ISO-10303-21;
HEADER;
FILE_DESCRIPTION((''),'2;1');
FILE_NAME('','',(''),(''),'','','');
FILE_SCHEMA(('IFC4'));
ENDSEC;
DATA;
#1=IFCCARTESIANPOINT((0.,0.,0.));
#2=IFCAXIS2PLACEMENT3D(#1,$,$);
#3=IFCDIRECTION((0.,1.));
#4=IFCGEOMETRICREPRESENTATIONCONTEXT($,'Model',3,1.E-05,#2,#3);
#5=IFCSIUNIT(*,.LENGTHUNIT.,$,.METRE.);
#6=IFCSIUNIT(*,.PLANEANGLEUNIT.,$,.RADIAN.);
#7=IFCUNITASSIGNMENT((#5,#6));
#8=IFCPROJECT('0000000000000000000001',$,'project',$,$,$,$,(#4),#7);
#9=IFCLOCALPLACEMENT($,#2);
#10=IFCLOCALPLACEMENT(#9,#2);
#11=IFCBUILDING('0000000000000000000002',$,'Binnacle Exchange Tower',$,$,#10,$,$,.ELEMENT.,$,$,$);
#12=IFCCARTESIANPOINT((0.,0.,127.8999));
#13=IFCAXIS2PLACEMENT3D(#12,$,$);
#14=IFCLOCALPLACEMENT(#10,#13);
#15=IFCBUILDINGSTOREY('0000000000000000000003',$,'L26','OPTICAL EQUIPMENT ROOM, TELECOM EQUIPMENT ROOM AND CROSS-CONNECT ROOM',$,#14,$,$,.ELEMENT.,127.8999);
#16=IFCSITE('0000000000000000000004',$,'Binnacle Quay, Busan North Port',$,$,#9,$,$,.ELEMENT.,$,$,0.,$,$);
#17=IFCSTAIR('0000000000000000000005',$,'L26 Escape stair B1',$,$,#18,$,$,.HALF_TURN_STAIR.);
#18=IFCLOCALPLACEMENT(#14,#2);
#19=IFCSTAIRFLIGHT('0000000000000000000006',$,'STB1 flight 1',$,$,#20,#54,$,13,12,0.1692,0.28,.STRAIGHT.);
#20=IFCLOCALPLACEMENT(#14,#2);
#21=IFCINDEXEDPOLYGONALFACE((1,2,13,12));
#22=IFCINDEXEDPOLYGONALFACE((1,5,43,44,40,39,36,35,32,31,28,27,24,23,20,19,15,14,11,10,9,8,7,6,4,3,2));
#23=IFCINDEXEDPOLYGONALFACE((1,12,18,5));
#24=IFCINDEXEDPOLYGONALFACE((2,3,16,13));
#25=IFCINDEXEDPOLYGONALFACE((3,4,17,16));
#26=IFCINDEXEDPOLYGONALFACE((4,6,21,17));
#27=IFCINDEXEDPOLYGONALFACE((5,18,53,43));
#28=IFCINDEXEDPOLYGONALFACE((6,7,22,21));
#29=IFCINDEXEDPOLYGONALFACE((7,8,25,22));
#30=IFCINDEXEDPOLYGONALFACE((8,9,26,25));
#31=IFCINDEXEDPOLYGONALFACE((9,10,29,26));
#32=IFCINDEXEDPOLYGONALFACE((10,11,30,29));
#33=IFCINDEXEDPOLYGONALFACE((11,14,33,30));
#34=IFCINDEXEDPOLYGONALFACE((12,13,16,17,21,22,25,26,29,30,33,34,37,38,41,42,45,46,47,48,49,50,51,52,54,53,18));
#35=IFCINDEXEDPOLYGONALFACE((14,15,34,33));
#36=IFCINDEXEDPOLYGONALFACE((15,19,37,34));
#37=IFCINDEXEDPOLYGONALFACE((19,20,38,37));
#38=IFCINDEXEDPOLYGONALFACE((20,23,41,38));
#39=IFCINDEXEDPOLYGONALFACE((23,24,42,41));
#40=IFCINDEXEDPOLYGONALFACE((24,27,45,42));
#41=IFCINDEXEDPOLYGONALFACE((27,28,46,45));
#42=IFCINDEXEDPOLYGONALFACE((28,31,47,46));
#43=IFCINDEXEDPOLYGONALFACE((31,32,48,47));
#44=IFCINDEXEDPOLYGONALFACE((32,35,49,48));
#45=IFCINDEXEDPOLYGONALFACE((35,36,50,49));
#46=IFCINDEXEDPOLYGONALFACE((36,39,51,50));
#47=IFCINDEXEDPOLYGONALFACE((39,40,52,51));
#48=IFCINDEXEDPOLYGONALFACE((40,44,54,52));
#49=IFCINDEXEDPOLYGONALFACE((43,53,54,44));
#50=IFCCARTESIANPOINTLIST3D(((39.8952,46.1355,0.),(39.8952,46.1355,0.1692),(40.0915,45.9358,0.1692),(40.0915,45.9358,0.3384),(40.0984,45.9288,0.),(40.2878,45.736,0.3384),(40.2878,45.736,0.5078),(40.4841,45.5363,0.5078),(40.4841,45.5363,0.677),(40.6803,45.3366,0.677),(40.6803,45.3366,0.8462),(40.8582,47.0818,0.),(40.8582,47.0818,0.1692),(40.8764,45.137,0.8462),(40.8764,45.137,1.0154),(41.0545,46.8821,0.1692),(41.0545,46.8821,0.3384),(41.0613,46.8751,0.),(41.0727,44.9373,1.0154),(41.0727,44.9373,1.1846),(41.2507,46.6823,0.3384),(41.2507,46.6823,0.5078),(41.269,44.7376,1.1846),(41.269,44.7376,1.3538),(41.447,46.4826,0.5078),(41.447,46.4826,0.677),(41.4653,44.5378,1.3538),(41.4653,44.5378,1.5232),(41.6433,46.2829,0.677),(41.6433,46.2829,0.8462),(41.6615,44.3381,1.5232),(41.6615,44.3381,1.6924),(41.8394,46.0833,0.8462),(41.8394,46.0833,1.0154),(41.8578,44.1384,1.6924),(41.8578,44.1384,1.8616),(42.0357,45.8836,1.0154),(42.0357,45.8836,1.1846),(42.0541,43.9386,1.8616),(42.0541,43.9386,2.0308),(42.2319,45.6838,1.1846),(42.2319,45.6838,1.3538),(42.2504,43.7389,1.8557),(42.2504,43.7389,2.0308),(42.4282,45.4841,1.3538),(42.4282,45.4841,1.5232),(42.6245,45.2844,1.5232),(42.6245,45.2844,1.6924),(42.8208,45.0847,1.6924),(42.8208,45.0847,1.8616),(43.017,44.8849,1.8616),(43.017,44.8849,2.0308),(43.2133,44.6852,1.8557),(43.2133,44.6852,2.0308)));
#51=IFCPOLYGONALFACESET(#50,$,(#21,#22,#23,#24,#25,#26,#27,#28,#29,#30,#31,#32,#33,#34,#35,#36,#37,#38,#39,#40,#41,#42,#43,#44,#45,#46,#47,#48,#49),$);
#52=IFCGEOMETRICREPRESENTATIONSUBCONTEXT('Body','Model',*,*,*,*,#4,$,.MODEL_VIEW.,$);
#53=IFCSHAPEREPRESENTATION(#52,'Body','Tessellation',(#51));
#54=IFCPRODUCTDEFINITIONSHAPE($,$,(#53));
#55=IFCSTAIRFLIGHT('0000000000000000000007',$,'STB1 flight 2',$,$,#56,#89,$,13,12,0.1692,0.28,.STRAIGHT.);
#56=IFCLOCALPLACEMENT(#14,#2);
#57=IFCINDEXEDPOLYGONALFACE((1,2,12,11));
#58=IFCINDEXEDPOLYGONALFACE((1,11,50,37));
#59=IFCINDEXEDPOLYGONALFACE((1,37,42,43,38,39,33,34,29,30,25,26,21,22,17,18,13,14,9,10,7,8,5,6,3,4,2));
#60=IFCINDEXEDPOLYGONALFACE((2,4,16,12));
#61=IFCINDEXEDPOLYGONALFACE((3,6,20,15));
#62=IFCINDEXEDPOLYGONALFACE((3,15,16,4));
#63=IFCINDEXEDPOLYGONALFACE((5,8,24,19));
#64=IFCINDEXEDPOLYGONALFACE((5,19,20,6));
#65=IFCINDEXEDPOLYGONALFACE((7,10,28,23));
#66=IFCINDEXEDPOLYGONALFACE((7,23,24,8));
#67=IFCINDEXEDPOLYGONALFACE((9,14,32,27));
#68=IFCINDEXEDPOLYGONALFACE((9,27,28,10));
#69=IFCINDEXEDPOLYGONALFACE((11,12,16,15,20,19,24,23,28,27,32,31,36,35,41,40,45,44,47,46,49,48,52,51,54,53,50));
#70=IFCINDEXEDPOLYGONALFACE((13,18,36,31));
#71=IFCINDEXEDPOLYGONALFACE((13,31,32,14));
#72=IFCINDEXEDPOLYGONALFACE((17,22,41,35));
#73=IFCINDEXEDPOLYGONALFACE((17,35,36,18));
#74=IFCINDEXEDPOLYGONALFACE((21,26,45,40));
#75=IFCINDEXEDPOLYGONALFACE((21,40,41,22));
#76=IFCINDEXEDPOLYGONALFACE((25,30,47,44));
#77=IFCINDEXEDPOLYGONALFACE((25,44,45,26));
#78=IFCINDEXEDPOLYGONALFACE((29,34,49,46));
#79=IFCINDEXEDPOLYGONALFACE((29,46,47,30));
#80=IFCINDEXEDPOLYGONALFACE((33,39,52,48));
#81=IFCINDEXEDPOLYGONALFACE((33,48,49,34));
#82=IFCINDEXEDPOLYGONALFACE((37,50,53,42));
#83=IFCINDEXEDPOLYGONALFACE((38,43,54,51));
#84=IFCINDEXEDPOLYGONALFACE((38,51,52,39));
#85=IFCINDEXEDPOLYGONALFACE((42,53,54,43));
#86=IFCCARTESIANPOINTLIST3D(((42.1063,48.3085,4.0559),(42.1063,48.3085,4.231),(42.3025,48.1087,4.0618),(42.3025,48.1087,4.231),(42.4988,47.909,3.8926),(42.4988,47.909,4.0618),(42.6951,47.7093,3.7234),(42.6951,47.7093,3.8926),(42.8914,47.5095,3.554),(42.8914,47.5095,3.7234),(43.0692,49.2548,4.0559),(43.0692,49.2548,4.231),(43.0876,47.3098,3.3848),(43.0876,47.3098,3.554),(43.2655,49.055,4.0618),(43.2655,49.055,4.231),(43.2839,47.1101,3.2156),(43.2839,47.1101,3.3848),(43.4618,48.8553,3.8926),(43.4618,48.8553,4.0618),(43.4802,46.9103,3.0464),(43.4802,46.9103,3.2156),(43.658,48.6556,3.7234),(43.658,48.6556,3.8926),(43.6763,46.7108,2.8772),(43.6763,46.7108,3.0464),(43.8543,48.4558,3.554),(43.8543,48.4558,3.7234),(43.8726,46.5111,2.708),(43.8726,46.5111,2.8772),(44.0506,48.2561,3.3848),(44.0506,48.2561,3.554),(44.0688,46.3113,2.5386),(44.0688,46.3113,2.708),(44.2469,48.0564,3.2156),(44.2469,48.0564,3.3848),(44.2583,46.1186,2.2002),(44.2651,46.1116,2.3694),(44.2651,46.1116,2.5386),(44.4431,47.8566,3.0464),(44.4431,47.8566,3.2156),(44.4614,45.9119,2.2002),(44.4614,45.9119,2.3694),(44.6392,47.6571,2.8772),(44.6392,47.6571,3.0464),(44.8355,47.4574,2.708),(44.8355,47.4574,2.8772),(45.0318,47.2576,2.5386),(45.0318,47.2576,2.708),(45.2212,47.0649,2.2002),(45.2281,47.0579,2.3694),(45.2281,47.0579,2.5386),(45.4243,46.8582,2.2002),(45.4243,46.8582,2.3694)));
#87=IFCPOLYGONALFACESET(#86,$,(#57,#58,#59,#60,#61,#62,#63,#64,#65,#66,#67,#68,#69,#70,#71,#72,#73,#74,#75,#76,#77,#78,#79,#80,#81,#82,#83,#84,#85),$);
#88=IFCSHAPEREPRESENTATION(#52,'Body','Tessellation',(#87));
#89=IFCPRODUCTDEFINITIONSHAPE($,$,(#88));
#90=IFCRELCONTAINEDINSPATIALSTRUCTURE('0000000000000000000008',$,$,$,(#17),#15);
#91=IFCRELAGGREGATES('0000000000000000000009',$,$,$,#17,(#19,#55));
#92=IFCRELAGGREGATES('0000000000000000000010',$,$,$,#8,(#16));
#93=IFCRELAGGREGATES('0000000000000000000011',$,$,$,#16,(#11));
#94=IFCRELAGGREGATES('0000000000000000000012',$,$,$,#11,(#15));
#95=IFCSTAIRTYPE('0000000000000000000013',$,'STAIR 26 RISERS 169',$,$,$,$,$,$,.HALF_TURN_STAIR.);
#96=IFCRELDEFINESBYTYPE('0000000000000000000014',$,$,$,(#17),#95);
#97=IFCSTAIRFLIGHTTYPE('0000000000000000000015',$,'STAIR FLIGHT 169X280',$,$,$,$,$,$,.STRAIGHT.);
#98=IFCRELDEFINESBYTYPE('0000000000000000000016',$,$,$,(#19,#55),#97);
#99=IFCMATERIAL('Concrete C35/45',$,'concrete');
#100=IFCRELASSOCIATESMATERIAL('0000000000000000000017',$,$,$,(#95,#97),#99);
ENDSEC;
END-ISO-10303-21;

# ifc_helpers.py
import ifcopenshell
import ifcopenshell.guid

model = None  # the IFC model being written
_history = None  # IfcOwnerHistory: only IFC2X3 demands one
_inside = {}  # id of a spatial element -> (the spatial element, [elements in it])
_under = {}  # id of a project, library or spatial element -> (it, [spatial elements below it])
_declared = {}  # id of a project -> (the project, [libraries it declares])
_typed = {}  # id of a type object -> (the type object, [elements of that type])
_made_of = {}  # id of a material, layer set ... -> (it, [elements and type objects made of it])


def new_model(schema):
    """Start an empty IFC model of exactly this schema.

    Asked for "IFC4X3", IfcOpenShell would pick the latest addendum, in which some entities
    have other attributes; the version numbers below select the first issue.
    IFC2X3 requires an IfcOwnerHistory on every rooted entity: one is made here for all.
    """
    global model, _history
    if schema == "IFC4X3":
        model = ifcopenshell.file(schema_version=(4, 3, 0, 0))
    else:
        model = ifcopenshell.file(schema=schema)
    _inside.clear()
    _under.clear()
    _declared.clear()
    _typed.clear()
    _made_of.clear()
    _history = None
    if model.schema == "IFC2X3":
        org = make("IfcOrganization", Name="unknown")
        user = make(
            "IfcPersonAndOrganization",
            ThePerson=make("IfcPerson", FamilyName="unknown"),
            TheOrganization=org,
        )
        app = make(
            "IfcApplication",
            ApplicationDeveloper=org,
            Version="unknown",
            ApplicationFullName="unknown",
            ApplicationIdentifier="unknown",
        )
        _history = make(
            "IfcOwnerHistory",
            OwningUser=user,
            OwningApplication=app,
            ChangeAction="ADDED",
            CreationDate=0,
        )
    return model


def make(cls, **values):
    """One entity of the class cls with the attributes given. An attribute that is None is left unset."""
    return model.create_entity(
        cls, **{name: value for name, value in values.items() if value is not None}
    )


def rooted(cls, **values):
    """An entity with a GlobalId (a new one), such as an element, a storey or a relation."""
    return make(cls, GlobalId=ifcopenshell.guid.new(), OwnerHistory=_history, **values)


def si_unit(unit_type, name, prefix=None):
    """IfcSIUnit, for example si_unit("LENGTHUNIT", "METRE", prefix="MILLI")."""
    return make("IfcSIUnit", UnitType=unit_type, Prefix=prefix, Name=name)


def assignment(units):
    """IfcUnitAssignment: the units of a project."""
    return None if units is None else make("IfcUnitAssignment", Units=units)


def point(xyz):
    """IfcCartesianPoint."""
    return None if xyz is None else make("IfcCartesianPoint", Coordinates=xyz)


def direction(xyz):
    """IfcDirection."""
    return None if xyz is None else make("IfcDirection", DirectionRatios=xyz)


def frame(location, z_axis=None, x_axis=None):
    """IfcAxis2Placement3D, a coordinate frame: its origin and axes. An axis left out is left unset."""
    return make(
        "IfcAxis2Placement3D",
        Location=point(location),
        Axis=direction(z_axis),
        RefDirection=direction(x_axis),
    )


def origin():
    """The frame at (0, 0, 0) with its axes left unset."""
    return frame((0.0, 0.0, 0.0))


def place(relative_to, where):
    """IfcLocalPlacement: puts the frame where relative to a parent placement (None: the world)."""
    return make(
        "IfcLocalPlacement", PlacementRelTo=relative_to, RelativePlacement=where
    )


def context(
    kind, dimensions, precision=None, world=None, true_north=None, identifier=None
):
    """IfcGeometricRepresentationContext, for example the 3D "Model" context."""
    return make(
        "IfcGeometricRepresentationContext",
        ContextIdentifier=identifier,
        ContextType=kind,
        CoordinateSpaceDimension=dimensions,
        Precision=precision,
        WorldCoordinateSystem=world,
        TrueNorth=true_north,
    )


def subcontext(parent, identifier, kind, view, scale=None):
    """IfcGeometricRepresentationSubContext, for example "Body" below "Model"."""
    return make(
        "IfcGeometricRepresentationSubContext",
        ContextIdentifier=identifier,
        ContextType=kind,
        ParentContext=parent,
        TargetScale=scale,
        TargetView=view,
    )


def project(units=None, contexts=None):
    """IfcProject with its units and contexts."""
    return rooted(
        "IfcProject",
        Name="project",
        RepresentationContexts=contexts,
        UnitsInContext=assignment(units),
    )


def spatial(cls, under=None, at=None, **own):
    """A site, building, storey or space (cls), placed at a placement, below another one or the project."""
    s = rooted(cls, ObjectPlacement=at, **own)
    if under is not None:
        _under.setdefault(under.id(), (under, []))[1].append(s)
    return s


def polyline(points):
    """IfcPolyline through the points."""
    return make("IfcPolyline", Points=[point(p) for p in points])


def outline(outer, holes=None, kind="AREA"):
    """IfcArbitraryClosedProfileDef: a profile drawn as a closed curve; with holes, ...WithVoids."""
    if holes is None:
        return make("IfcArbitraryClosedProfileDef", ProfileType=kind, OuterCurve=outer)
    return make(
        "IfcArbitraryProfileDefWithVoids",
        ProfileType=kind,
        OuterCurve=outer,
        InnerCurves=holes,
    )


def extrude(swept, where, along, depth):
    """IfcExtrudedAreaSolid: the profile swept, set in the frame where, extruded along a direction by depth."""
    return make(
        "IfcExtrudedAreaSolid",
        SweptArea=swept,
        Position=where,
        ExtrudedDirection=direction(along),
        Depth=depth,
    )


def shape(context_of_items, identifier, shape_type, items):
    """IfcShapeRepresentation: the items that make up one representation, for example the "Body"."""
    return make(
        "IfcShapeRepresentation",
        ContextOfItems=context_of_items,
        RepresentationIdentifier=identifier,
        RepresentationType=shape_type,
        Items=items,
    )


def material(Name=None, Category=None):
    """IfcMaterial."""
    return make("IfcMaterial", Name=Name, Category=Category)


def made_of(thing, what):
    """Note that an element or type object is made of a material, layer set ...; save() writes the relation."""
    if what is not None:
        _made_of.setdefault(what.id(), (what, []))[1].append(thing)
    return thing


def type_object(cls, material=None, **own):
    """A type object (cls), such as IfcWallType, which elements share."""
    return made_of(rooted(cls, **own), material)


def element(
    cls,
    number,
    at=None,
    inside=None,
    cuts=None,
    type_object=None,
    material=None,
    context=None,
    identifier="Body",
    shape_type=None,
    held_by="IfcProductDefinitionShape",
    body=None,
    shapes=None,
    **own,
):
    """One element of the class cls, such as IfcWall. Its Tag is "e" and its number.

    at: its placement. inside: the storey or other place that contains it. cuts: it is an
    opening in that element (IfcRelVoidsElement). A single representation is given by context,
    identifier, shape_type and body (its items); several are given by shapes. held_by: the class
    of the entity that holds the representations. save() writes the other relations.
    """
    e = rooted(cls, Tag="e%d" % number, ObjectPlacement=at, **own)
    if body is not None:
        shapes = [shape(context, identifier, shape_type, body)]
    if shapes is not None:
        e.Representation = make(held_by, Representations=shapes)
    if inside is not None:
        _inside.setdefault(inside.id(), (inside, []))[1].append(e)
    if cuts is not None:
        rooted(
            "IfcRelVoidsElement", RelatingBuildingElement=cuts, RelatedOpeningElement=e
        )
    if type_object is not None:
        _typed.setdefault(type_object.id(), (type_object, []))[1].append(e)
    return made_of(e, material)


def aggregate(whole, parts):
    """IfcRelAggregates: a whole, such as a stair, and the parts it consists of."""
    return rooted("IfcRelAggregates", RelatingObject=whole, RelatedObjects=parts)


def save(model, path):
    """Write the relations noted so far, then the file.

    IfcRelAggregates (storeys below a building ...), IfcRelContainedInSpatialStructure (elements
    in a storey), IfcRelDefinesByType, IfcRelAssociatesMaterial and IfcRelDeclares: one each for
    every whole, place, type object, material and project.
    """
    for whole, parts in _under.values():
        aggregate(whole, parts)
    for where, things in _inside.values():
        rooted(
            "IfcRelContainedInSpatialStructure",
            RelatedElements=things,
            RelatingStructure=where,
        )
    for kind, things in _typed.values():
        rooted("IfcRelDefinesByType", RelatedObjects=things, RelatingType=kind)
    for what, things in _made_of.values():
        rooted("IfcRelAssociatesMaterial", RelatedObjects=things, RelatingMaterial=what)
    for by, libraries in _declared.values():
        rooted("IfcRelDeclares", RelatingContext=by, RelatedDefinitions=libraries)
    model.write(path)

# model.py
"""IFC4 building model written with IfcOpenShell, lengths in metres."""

from ifc_helpers import new_model, si_unit, direction, frame, origin, place, context, subcontext, project, spatial, polyline, outline, extrude, material, type_object, element, aggregate, save


model = new_model("IFC4")

# Units and contexts
model_context = context("Model", 3, precision=1e-05, world=origin(), true_north=direction((0.0, 1.0)))
body_context = subcontext(model_context, "Body", "Model", "MODEL_VIEW")
ifc_project = project(units=[si_unit("LENGTHUNIT", "METRE"), si_unit("PLANEANGLEUNIT", "RADIAN")], contexts=[model_context])

# Site, building, storey
site_placement = place(None, origin())
site = spatial("IfcSite", under=ifc_project, at=site_placement, Name="Binnacle Quay, Busan North Port", CompositionType="ELEMENT", RefElevation=0.0)
building_placement = place(site_placement, origin())
building = spatial("IfcBuilding", under=site, at=building_placement, Name="Binnacle Exchange Tower", CompositionType="ELEMENT")
storey_placement = place(building_placement, frame((0.0, 0.0, 127.8999)))
storey = spatial("IfcBuildingStorey", under=building, at=storey_placement, Name="L26", Description="OPTICAL EQUIPMENT ROOM, TELECOM EQUIPMENT ROOM AND CROSS-CONNECT ROOM", CompositionType="ELEMENT", Elevation=127.8999)

# Stair, stair flights
ifc_material_1 = material(Name="Concrete C35/45", Category="concrete")
stair_type = type_object("IfcStairType", Name="STAIR 26 RISERS 169", PredefinedType="HALF_TURN_STAIR", material=ifc_material_1)
stair_placement = place(storey_placement, origin())
stair = element("IfcStair", 1, at=stair_placement, inside=storey, type_object=stair_type, Name="L26 Escape stair B1", PredefinedType="HALF_TURN_STAIR")
stair_flight_type = type_object("IfcStairFlightType", Name="STAIR FLIGHT 169X280", PredefinedType="STRAIGHT", material=ifc_material_1)
stair_flight_1_placement = place(storey_placement, frame((40.3767, 46.6086, 0.0), z_axis=(0.0, 0.0, 1.0), x_axis=(0.700909, -0.71325, 0.0)))
stair_flight_1 = element("IfcStairFlight", 2, at=stair_flight_1_placement, type_object=stair_flight_type, Name="STB1 flight 1", NumberOfRisers=13, NumberOfTreads=12, PredefinedType="STRAIGHT", RiserHeight=0.1692, TreadLength=0.28, context=body_context, shape_type="SweptSolid", body=[
    extrude(outline(polyline([(0.0, 0.0), (0.0, 0.1692), (0.28, 0.1692), (0.28, 0.3384), (0.5601, 0.3384), (0.5601, 0.5078), (0.8401, 0.5078), (0.8401, 0.677), (1.1201, 0.677), (1.1201, 0.8462), (1.3999, 0.8462), (1.3999, 1.0154), (1.6799, 1.0154), (1.6799, 1.1846), (1.96, 1.1846), (1.96, 1.3538), (2.24, 1.3538), (2.24, 1.5232), (2.52, 1.5232), (2.52, 1.6924), (2.8, 1.6924), (2.8, 1.8616), (3.0801, 1.8616), (3.0801, 2.0308), (3.3601, 2.0308), (3.3601, 2.2), (3.3601, 1.8557), (0.2898, 0.0), (0.0, 0.0)])), frame((0.0, 0.675, 0.0), z_axis=(0.0, -1.0, 0.0), x_axis=(1.0, 0.0, 0.0)), (0.0, 0.0, 1.0), 1.3501),
])
stair_flight_2_placement = place(storey_placement, frame((44.9429, 46.385, 2.2002), z_axis=(0.0, 0.0, 1.0), x_axis=(-0.700909, 0.71325, 0.0)))
stair_flight_2 = element("IfcStairFlight", 3, at=stair_flight_2_placement, type_object=stair_flight_type, Name="STB1 flight 2", NumberOfRisers=13, NumberOfTreads=12, PredefinedType="STRAIGHT", RiserHeight=0.1692, TreadLength=0.28, context=body_context, shape_type="SweptSolid", body=[
    extrude(outline(polyline([(0.0, 0.0), (0.0, 0.1692), (0.28, 0.1692), (0.28, 0.3384), (0.5601, 0.3384), (0.5601, 0.5078), (0.8401, 0.5078), (0.8401, 0.677), (1.1201, 0.677), (1.1201, 0.8462), (1.3999, 0.8462), (1.3999, 1.0154), (1.6799, 1.0154), (1.6799, 1.1846), (1.96, 1.1846), (1.96, 1.3538), (2.24, 1.3538), (2.24, 1.5232), (2.52, 1.5232), (2.52, 1.6924), (2.8, 1.6924), (2.8, 1.8616), (3.0801, 1.8616), (3.0801, 2.0308), (3.3601, 2.0308), (3.3601, 2.2), (3.3601, 1.8557), (0.2898, 0.0), (0.0, 0.0)])), frame((0.0, 0.675, 0.0), z_axis=(0.0, -1.0, 0.0), x_axis=(1.0, 0.0, 0.0)), (0.0, 0.0, 1.0), 1.3501),
])
aggregate(stair, [stair_flight_1, stair_flight_2])

save(model, "model.ifc")
